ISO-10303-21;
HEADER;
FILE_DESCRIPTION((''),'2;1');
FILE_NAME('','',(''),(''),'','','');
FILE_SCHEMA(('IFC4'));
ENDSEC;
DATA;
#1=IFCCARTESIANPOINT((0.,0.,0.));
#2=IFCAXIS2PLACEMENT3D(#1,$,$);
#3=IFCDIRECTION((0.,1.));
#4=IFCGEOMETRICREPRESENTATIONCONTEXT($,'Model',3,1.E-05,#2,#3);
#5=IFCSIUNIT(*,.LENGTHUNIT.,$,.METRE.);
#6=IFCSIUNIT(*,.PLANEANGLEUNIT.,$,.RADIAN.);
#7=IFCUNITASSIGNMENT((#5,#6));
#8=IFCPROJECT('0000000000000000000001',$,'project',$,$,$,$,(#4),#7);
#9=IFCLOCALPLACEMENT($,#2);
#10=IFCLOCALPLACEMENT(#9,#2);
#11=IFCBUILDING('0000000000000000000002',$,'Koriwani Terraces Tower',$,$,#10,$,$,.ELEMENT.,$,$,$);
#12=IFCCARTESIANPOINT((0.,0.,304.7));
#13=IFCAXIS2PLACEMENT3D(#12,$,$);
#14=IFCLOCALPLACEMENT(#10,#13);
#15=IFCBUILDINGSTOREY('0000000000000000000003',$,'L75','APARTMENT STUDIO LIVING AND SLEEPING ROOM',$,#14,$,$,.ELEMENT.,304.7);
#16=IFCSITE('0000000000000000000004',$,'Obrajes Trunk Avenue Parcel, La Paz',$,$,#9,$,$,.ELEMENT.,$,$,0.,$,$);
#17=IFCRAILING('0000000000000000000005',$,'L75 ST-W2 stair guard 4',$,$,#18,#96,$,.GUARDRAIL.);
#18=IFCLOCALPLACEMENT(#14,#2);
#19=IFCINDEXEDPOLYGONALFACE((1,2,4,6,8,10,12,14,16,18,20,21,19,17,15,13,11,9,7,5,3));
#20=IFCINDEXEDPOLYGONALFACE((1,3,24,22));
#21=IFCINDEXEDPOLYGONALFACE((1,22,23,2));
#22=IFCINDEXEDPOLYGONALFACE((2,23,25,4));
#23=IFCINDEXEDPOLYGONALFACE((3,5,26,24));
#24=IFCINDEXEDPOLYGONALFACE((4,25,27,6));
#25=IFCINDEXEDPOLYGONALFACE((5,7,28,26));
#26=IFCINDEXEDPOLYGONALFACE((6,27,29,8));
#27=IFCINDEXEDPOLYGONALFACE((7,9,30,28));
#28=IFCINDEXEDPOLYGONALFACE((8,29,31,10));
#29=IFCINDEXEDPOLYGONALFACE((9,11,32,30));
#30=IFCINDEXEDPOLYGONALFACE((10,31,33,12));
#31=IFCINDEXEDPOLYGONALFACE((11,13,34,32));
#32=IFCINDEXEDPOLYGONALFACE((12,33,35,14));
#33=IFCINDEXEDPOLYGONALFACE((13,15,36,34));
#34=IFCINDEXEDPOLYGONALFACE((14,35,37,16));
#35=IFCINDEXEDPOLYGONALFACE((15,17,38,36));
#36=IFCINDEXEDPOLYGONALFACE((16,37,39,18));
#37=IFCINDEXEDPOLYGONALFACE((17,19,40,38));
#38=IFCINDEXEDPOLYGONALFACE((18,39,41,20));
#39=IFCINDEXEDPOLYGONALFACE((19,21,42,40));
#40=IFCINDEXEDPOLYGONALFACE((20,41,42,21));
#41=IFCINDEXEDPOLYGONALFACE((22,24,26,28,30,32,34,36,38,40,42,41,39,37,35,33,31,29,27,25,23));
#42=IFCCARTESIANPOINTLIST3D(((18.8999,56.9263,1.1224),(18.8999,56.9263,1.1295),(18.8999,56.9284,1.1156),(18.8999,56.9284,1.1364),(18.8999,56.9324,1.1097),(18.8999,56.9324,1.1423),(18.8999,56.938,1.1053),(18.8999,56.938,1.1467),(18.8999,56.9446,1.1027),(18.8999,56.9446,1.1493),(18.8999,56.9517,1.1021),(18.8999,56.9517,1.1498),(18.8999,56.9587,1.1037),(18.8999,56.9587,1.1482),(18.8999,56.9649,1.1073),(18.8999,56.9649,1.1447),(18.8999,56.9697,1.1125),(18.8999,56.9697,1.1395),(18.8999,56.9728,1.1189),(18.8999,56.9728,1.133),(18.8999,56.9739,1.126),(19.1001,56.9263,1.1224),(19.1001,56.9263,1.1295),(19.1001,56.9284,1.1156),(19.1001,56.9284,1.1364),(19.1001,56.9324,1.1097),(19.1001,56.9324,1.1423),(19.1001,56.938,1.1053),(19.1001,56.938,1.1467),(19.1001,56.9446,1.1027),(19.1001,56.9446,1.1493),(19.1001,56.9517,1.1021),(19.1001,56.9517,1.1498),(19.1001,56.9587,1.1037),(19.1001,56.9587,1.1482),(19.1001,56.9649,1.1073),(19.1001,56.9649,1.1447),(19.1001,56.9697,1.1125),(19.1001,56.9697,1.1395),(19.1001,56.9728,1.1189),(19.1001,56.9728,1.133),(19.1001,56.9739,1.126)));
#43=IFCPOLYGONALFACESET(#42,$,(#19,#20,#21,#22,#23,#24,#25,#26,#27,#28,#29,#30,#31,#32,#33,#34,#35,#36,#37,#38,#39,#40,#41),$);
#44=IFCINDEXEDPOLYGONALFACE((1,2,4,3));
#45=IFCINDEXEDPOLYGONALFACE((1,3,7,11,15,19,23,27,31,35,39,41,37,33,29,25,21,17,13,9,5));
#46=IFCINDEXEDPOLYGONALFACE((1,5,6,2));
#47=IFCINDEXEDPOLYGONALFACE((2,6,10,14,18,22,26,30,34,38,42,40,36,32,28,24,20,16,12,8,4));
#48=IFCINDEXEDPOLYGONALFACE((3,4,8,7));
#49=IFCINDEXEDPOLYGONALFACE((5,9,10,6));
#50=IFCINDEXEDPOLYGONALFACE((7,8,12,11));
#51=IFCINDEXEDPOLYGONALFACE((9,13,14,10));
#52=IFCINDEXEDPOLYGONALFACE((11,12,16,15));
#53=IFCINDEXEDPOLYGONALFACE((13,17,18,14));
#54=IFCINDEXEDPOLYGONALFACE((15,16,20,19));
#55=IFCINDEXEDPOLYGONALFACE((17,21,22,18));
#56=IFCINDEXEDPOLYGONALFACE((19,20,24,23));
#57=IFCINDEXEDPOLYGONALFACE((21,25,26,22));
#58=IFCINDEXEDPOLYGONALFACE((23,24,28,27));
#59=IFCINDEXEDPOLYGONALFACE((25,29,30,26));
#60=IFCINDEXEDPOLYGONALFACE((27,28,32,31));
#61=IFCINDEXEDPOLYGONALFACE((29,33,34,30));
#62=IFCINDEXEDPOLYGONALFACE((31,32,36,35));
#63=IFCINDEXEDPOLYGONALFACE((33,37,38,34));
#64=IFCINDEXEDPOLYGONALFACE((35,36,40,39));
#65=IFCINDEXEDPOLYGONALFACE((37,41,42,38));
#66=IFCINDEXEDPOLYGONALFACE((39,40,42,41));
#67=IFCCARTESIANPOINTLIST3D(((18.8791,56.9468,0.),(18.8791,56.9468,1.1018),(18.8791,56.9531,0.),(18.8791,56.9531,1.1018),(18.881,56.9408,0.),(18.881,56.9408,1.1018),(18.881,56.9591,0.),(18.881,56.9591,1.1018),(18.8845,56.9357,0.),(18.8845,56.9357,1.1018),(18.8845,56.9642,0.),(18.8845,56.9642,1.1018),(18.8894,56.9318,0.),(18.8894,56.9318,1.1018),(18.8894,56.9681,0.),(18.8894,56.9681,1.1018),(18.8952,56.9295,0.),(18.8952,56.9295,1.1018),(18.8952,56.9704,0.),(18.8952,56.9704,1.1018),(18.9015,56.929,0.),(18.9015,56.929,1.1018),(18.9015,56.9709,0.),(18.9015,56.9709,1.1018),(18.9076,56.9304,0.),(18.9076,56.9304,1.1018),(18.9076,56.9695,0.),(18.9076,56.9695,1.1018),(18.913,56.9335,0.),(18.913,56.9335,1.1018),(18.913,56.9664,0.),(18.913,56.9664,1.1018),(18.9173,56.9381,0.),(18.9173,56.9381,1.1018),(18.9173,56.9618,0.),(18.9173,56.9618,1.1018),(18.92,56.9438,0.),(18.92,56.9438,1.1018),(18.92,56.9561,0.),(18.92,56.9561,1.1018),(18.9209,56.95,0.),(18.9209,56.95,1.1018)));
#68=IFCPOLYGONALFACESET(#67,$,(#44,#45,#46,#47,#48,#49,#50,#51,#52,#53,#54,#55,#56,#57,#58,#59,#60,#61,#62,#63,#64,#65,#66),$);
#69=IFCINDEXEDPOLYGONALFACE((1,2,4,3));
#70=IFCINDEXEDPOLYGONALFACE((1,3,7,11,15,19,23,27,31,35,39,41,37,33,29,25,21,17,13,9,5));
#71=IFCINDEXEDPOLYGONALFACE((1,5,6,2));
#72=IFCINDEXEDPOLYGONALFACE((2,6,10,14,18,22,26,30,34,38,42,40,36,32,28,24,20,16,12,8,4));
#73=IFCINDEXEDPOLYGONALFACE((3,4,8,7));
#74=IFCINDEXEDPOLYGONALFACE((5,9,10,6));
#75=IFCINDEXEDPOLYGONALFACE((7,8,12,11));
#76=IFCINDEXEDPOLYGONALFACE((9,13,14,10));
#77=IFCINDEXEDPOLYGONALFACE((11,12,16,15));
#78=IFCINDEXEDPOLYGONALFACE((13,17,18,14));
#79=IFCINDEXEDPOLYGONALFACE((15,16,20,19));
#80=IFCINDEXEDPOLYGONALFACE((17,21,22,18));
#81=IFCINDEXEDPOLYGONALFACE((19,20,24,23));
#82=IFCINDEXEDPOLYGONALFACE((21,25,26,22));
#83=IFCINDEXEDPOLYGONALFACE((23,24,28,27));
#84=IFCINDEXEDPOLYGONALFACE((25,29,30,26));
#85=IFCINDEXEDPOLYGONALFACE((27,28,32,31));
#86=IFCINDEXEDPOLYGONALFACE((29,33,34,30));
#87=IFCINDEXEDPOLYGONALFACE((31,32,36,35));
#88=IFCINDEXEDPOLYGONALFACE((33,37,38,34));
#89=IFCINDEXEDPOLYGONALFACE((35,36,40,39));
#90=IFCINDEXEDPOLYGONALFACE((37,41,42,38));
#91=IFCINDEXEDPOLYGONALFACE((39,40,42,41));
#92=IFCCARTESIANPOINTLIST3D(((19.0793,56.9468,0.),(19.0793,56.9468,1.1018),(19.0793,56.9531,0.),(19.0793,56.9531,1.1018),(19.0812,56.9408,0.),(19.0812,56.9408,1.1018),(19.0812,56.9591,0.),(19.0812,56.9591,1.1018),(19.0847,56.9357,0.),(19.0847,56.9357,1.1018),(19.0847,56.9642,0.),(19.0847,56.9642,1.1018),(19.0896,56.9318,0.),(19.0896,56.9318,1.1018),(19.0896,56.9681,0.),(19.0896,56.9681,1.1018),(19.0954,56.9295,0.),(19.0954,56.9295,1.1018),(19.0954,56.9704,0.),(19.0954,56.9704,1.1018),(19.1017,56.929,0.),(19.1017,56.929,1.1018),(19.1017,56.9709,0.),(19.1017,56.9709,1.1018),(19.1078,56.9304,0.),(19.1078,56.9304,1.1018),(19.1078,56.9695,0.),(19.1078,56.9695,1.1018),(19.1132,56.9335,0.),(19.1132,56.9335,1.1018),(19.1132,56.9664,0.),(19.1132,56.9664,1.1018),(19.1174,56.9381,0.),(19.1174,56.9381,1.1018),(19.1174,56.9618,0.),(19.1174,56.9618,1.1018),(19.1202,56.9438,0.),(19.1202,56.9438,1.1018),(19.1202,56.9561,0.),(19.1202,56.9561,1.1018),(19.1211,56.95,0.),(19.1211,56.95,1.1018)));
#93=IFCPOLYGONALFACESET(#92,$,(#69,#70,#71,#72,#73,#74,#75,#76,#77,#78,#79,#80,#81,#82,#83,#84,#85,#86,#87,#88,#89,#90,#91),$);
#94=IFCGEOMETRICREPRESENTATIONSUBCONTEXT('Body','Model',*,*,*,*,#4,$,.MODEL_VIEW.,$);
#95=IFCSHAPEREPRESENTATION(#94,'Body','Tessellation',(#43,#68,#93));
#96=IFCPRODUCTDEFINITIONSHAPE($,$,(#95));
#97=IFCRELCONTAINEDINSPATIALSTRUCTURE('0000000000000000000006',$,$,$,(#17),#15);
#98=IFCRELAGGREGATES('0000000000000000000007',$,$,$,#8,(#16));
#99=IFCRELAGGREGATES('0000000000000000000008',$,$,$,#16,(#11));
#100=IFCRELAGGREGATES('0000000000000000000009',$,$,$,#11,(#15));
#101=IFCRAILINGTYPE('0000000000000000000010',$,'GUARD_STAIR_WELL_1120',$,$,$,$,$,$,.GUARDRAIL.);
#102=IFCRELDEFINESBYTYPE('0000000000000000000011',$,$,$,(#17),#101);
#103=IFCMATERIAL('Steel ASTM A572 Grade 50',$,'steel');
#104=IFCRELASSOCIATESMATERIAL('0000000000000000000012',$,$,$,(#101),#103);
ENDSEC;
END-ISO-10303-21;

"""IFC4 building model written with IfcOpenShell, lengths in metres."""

from ifc_helpers import new_model, si_unit, direction, frame, origin, origin_2d, place, context, subcontext, project, spatial, circle, extrude, material, type_object, element, save


model = new_model("IFC4")

# Units and contexts
model_context = context("Model", 3, precision=1e-05, world=origin(), true_north=direction((0.0, 1.0)))
body_context = subcontext(model_context, "Body", "Model", "MODEL_VIEW")
ifc_project = project(units=[si_unit("LENGTHUNIT", "METRE"), si_unit("PLANEANGLEUNIT", "RADIAN")], contexts=[model_context])

# Site, building, storey
site_placement = place(None, origin())
site = spatial("IfcSite", under=ifc_project, at=site_placement, Name="Obrajes Trunk Avenue Parcel, La Paz", CompositionType="ELEMENT", RefElevation=0.0)
building_placement = place(site_placement, origin())
building = spatial("IfcBuilding", under=site, at=building_placement, Name="Koriwani Terraces Tower", CompositionType="ELEMENT")
storey_placement = place(building_placement, frame((0.0, 0.0, 304.7)))
storey = spatial("IfcBuildingStorey", under=building, at=storey_placement, Name="L75", Description="APARTMENT STUDIO LIVING AND SLEEPING ROOM", CompositionType="ELEMENT", Elevation=304.7)

# Shared definitions
ifc_material_1 = material(Name="Steel ASTM A572 Grade 50", Category="steel")

# Railing
railing_type_1 = type_object("IfcRailingType", Name="GUARD_STAIR_WELL_1120", PredefinedType="GUARDRAIL", material=ifc_material_1)
railing_1_placement = place(storey_placement, frame((18.8999, 56.95, 0.0)))
element("IfcRailing", 1, at=railing_1_placement, inside=storey, type_object=railing_type_1, Name="L75 ST-W2 stair guard 4", PredefinedType="GUARDRAIL", context=body_context, shape_type="SweptSolid", body=[
    extrude(circle(Radius=0.0239, at=origin_2d()), frame((0.0, 0.0, 1.126), z_axis=(1.0, 0.0, 0.0), x_axis=(0.0, 1.0, 0.0)), (0.0, 0.0, 1.0), 0.2002),
    extrude(circle(Radius=0.021, at=origin_2d()), origin(), (0.0, 0.0, 1.0), 1.1018),
    extrude(circle(Radius=0.021, at=origin_2d()), frame((0.2002, 0.0, 0.0)), (0.0, 0.0, 1.0), 1.1018),
])

save(model, "model.ifc")
